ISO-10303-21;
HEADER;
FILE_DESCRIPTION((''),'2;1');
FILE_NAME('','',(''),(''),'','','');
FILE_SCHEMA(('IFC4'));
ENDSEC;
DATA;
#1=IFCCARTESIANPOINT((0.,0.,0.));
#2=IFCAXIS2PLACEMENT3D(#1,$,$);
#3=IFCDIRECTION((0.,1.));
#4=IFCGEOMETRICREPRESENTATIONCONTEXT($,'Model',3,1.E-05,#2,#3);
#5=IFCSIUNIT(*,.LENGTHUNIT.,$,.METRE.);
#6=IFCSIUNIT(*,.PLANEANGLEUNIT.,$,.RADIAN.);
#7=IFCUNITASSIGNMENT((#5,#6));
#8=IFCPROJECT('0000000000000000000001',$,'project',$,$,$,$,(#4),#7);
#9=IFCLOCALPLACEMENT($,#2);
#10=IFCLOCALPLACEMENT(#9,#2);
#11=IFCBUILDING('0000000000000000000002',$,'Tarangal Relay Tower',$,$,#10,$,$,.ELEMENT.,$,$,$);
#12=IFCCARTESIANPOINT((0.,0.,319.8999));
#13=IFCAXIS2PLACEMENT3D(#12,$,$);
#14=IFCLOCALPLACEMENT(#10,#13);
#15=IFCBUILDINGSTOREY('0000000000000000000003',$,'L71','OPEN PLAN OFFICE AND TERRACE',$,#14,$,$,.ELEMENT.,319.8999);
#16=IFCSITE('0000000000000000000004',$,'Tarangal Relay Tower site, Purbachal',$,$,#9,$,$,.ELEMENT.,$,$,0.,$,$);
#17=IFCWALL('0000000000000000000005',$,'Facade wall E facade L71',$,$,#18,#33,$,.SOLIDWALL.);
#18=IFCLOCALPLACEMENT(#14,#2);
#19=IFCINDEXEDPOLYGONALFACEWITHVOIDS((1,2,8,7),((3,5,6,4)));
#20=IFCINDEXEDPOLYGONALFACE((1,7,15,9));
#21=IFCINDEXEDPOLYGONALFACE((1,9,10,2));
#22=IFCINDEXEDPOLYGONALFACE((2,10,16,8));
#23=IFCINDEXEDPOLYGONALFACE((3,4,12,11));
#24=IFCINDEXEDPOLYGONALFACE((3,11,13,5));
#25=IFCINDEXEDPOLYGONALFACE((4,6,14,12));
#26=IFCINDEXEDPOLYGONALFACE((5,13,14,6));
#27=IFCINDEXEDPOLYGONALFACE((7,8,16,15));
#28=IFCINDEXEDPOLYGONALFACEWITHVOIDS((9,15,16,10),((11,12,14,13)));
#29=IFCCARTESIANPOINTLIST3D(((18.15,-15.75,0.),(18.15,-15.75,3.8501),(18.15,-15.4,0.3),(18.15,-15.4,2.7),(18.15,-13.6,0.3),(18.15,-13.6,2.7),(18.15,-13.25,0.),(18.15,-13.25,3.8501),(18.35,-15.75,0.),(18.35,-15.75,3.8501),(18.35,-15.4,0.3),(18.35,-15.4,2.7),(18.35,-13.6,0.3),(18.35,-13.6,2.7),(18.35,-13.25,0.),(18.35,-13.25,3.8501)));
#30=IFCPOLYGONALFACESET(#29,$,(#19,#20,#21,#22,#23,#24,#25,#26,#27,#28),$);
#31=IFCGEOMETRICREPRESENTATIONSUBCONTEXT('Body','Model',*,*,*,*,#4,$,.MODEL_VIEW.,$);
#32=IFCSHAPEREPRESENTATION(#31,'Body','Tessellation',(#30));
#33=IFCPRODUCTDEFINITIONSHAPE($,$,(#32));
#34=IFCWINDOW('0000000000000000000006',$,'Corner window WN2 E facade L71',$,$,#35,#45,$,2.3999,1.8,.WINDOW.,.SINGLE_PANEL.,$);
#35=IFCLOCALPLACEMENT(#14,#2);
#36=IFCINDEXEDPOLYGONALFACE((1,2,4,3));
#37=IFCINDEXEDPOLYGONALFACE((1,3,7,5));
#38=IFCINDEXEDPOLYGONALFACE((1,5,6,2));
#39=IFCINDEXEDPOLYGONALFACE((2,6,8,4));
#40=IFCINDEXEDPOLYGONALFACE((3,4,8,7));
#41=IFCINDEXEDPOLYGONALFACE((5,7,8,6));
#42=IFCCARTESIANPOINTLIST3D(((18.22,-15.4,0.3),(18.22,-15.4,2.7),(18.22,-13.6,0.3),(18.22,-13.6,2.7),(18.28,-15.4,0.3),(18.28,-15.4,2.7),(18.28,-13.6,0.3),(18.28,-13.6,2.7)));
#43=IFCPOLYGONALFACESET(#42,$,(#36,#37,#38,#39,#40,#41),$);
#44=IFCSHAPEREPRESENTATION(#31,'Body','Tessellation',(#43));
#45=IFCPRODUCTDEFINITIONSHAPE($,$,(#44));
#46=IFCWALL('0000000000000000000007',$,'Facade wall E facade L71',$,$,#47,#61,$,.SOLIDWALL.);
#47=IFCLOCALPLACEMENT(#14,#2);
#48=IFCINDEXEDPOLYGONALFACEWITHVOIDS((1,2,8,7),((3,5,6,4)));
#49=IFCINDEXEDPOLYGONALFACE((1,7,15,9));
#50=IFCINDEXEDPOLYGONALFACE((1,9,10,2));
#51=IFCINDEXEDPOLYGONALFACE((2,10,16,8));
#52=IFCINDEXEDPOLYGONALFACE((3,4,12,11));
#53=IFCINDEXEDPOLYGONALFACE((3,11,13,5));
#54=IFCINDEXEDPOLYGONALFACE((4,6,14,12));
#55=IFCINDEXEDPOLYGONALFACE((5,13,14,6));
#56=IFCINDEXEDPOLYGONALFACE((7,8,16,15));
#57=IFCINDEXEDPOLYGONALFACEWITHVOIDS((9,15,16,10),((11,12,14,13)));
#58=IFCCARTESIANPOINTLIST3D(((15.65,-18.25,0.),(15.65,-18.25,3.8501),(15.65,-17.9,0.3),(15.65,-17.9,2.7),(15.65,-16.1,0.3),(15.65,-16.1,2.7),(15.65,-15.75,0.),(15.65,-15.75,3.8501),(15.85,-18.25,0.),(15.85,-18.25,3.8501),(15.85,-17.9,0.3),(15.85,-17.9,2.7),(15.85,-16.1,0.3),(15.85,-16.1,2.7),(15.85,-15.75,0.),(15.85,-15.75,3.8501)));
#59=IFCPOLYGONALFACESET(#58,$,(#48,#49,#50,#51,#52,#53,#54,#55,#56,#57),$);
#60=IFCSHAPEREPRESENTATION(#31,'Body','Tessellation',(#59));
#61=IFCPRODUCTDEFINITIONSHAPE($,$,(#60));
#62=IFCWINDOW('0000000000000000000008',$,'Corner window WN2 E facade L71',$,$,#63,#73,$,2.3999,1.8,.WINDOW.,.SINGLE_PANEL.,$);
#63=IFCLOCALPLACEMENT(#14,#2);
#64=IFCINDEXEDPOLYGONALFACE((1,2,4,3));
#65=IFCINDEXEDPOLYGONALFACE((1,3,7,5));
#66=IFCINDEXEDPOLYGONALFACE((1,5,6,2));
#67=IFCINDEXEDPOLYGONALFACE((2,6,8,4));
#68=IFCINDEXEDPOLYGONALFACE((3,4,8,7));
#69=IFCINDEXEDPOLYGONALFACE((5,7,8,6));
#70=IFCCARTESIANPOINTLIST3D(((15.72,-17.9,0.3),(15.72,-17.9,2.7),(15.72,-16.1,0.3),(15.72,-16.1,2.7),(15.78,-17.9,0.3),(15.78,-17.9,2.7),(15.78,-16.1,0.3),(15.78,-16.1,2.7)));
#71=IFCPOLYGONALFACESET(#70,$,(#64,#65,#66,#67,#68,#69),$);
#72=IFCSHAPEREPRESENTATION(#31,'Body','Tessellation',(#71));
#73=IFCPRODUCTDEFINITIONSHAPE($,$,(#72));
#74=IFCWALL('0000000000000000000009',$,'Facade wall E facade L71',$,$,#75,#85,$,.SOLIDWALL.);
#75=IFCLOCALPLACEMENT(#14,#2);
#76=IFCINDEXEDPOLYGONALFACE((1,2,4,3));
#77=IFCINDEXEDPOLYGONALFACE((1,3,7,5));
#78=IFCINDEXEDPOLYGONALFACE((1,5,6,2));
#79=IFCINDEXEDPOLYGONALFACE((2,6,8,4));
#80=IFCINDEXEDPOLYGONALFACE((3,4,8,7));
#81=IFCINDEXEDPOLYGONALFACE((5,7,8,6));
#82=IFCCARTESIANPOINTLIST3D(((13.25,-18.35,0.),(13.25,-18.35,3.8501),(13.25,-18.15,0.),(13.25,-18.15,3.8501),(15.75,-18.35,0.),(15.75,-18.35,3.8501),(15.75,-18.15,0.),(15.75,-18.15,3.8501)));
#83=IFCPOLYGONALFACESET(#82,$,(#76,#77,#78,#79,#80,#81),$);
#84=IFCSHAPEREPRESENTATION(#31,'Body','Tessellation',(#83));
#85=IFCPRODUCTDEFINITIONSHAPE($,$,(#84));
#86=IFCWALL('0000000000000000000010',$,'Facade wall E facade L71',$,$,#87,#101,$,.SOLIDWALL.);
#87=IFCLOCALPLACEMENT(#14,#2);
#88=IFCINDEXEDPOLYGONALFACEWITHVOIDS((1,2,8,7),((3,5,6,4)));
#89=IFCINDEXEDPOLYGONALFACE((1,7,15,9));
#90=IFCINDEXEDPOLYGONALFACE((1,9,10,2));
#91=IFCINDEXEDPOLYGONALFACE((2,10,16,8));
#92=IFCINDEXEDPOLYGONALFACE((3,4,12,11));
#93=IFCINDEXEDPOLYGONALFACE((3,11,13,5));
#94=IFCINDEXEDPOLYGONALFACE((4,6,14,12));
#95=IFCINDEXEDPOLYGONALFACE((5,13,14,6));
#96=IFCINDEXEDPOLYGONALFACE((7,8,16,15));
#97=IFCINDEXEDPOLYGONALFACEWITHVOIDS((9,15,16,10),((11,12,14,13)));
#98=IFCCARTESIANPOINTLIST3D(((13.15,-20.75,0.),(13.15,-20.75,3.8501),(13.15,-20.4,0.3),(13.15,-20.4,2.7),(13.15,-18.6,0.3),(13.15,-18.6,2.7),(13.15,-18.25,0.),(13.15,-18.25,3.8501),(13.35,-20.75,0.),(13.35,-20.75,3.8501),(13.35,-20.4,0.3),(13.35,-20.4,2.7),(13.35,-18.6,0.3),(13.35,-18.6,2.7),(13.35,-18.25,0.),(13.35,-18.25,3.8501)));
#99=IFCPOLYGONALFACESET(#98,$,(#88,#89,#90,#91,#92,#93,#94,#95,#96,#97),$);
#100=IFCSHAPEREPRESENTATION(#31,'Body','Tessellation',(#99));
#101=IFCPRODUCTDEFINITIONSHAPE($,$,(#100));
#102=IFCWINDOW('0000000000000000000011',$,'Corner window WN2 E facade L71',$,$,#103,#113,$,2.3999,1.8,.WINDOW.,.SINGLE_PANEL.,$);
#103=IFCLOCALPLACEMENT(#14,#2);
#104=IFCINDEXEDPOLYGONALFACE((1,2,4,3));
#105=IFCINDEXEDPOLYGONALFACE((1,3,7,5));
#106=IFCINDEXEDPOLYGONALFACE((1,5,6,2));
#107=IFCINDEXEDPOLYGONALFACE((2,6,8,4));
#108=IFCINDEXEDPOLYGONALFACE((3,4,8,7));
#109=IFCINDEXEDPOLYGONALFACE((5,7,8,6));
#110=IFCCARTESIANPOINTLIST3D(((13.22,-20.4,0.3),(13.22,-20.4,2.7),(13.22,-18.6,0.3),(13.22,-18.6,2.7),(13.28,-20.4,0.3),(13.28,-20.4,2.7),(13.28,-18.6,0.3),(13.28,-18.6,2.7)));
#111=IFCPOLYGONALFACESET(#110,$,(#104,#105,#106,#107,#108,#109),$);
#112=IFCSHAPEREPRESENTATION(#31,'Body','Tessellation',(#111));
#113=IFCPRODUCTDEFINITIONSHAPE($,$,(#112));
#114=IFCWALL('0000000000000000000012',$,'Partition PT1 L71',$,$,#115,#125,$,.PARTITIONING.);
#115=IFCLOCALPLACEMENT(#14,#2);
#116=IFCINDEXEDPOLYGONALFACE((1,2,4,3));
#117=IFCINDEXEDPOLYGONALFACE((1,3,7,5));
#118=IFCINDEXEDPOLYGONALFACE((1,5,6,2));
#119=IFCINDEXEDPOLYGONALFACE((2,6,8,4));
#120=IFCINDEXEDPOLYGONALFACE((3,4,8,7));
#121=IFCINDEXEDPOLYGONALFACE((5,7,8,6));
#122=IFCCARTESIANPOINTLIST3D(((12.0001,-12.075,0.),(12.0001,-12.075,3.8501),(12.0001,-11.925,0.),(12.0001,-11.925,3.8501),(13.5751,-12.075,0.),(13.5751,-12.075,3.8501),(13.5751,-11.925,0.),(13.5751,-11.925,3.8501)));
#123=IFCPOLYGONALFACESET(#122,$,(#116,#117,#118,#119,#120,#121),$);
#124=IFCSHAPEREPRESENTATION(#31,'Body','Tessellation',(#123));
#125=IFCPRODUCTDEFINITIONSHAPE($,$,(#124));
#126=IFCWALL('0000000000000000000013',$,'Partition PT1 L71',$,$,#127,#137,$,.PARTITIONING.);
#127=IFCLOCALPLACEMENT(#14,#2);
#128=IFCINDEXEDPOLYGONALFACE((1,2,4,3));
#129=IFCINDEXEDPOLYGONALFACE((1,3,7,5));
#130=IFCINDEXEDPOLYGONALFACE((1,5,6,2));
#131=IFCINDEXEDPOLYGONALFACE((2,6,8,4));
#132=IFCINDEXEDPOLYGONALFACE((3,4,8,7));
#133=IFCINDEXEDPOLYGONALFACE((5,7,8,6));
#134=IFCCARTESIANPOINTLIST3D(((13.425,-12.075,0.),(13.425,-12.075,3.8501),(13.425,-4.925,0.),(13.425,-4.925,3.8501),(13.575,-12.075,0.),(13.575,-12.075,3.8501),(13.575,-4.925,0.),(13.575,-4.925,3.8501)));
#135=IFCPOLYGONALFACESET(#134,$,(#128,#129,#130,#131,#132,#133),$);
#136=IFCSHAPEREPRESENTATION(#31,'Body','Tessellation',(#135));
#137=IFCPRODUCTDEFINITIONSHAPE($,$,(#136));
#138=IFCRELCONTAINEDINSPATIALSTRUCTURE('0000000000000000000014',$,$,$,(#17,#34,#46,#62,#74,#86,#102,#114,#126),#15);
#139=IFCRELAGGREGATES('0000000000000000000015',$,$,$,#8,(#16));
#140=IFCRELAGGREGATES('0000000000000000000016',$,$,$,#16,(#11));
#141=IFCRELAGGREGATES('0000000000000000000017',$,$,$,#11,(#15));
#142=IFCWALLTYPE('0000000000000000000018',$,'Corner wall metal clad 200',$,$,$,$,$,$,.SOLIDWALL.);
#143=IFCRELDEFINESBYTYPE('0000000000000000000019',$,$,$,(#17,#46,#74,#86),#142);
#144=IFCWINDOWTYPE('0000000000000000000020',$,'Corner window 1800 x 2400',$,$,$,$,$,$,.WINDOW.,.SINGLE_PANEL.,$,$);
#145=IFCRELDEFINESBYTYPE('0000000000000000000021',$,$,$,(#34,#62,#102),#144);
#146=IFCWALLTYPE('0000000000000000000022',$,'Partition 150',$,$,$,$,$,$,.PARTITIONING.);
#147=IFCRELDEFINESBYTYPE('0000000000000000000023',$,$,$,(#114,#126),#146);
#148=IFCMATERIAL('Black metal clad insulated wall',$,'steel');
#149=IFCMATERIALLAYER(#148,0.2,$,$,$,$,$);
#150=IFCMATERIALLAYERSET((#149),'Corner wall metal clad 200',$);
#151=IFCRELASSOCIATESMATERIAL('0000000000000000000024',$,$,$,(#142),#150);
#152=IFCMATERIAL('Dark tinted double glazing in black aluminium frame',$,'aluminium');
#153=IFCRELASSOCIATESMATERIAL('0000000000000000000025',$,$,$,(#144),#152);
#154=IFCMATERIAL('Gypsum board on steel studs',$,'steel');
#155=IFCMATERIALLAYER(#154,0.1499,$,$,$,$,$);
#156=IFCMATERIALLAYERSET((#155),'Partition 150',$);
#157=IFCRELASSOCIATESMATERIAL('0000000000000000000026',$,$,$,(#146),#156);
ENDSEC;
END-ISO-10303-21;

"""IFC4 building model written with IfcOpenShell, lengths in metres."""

from ifc_helpers import new_model, si_unit, direction, frame, frame_2d, origin, place, context, subcontext, project, spatial, rectangle, extrude, material, layer, layer_set, type_object, element, fill, save


model = new_model("IFC4")

# Units and contexts
model_context = context("Model", 3, precision=1e-05, world=origin(), true_north=direction((0.0, 1.0)))
body_context = subcontext(model_context, "Body", "Model", "MODEL_VIEW")
ifc_project = project(units=[si_unit("LENGTHUNIT", "METRE"), si_unit("PLANEANGLEUNIT", "RADIAN")], contexts=[model_context])

# Site, building, storey
site_placement = place(None, origin())
site = spatial("IfcSite", under=ifc_project, at=site_placement, Name="Tarangal Relay Tower site, Purbachal", CompositionType="ELEMENT", RefElevation=0.0)
building_placement = place(site_placement, origin())
building = spatial("IfcBuilding", under=site, at=building_placement, Name="Tarangal Relay Tower", CompositionType="ELEMENT")
storey_placement = place(building_placement, frame((0.0, 0.0, 319.8999)))
storey = spatial("IfcBuildingStorey", under=building, at=storey_placement, Name="L71", Description="OPEN PLAN OFFICE AND TERRACE", CompositionType="ELEMENT", Elevation=319.8999)

# Shared definitions
ifc_material_1 = material(Name="Black metal clad insulated wall", Category="steel")
ifc_layer_1 = layer(ifc_material_1, 0.2)
ifc_layer_set_1 = layer_set([ifc_layer_1], Name="Corner wall metal clad 200")
wall_type_1 = type_object("IfcWallType", Name="Corner wall metal clad 200", PredefinedType="SOLIDWALL", material=ifc_layer_set_1)

# Wall, opening, window
wall_1_placement = place(storey_placement, frame((18.25, -13.25, 0.0), z_axis=(0.0, 0.0, 1.0), x_axis=(0.0, -1.0, 0.0)))
wall_1 = element("IfcWall", 1, at=wall_1_placement, inside=storey, type_object=wall_type_1, Name="Facade wall E facade L71", PredefinedType="SOLIDWALL", context=body_context, shape_type="SweptSolid", body=[
    extrude(rectangle(XDim=2.5, YDim=0.2, at=frame_2d((1.25, 0.0))), origin(), (0.0, 0.0, 1.0), 3.8501),
])
opening_1_placement = place(wall_1_placement, frame((0.3501, 0.0, 0.3)))
opening_1 = element("IfcOpeningElement", 2, at=opening_1_placement, cuts=wall_1, PredefinedType="OPENING", context=body_context, shape_type="SweptSolid", body=[
    extrude(rectangle(XDim=1.8, YDim=2.3999, at=frame_2d((0.8999, 1.2))), frame((0.0, 0.1099, 0.0), z_axis=(0.0, -1.0, 0.0), x_axis=(1.0, 0.0, 0.0)), (0.0, 0.0, 1.0), 0.22),
])
ifc_material_2 = material(Name="Dark tinted double glazing in black aluminium frame", Category="aluminium")
window_type = type_object("IfcWindowType", Name="Corner window 1800 x 2400", PartitioningType="SINGLE_PANEL", PredefinedType="WINDOW", material=ifc_material_2)
window_1_placement = place(opening_1_placement, origin())
window_1 = element("IfcWindow", 3, at=window_1_placement, inside=storey, type_object=window_type, Name="Corner window WN2 E facade L71", OverallHeight=2.3999, OverallWidth=1.8, PartitioningType="SINGLE_PANEL", PredefinedType="WINDOW", context=body_context, shape_type="SweptSolid", body=[
    extrude(rectangle(XDim=1.8, YDim=2.3999, at=frame_2d((0.8999, 1.2))), frame((0.0, 0.03, 0.0), z_axis=(0.0, -1.0, 0.0), x_axis=(1.0, 0.0, 0.0)), (0.0, 0.0, 1.0), 0.0601),
])
fill(opening_1, window_1)

# Wall, opening, window
wall_2_placement = place(storey_placement, frame((15.75, -15.75, 0.0), z_axis=(0.0, 0.0, 1.0), x_axis=(0.0, -1.0, 0.0)))
wall_2 = element("IfcWall", 4, at=wall_2_placement, inside=storey, type_object=wall_type_1, Name="Facade wall E facade L71", PredefinedType="SOLIDWALL", context=body_context, shape_type="SweptSolid", body=[
    extrude(rectangle(XDim=2.5, YDim=0.2, at=frame_2d((1.25, 0.0))), origin(), (0.0, 0.0, 1.0), 3.8501),
])
opening_2_placement = place(wall_2_placement, frame((0.3501, 0.0, 0.3)))
opening_2 = element("IfcOpeningElement", 5, at=opening_2_placement, cuts=wall_2, PredefinedType="OPENING", context=body_context, shape_type="SweptSolid", body=[
    extrude(rectangle(XDim=1.8, YDim=2.3999, at=frame_2d((0.8999, 1.2))), frame((0.0, 0.1099, 0.0), z_axis=(0.0, -1.0, 0.0), x_axis=(1.0, 0.0, 0.0)), (0.0, 0.0, 1.0), 0.22),
])
window_2_placement = place(opening_2_placement, origin())
window_2 = element("IfcWindow", 6, at=window_2_placement, inside=storey, type_object=window_type, Name="Corner window WN2 E facade L71", OverallHeight=2.3999, OverallWidth=1.8, PartitioningType="SINGLE_PANEL", PredefinedType="WINDOW", context=body_context, shape_type="SweptSolid", body=[
    extrude(rectangle(XDim=1.8, YDim=2.3999, at=frame_2d((0.8999, 1.2))), frame((0.0, 0.03, 0.0), z_axis=(0.0, -1.0, 0.0), x_axis=(1.0, 0.0, 0.0)), (0.0, 0.0, 1.0), 0.0601),
])
fill(opening_2, window_2)

# Wall
wall_3_placement = place(storey_placement, frame((15.75, -18.25, 0.0), z_axis=(0.0, 0.0, 1.0), x_axis=(-1.0, 0.0, 0.0)))
element("IfcWall", 7, at=wall_3_placement, inside=storey, type_object=wall_type_1, Name="Facade wall E facade L71", PredefinedType="SOLIDWALL", context=body_context, shape_type="SweptSolid", body=[
    extrude(rectangle(XDim=2.5, YDim=0.2, at=frame_2d((1.25, 0.0))), origin(), (0.0, 0.0, 1.0), 3.8501),
])

# Wall, opening, window
wall_4_placement = place(storey_placement, frame((13.25, -18.25, 0.0), z_axis=(0.0, 0.0, 1.0), x_axis=(0.0, -1.0, 0.0)))
wall_4 = element("IfcWall", 8, at=wall_4_placement, inside=storey, type_object=wall_type_1, Name="Facade wall E facade L71", PredefinedType="SOLIDWALL", context=body_context, shape_type="SweptSolid", body=[
    extrude(rectangle(XDim=2.5, YDim=0.2, at=frame_2d((1.25, 0.0))), origin(), (0.0, 0.0, 1.0), 3.8501),
])
opening_3_placement = place(wall_4_placement, frame((0.3501, 0.0, 0.3)))
opening_3 = element("IfcOpeningElement", 9, at=opening_3_placement, cuts=wall_4, PredefinedType="OPENING", context=body_context, shape_type="SweptSolid", body=[
    extrude(rectangle(XDim=1.8, YDim=2.3999, at=frame_2d((0.8999, 1.2))), frame((0.0, 0.1099, 0.0), z_axis=(0.0, -1.0, 0.0), x_axis=(1.0, 0.0, 0.0)), (0.0, 0.0, 1.0), 0.22),
])
window_3_placement = place(opening_3_placement, origin())
window_3 = element("IfcWindow", 10, at=window_3_placement, inside=storey, type_object=window_type, Name="Corner window WN2 E facade L71", OverallHeight=2.3999, OverallWidth=1.8, PartitioningType="SINGLE_PANEL", PredefinedType="WINDOW", context=body_context, shape_type="SweptSolid", body=[
    extrude(rectangle(XDim=1.8, YDim=2.3999, at=frame_2d((0.8999, 1.2))), frame((0.0, 0.03, 0.0), z_axis=(0.0, -1.0, 0.0), x_axis=(1.0, 0.0, 0.0)), (0.0, 0.0, 1.0), 0.0601),
])
fill(opening_3, window_3)

# Walls
ifc_material_3 = material(Name="Gypsum board on steel studs", Category="steel")
ifc_layer_2 = layer(ifc_material_3, 0.1499)
ifc_layer_set_2 = layer_set([ifc_layer_2], Name="Partition 150")
wall_type_2 = type_object("IfcWallType", Name="Partition 150", PredefinedType="PARTITIONING", material=ifc_layer_set_2)
wall_5_placement = place(storey_placement, frame((12.0, -12.0, 0.0), z_axis=(0.0, 0.0, 1.0), x_axis=(1.0, 0.0, 0.0)))
element("IfcWall", 11, at=wall_5_placement, inside=storey, type_object=wall_type_2, Name="Partition PT1 L71", PredefinedType="PARTITIONING", context=body_context, shape_type="SweptSolid", body=[
    extrude(rectangle(XDim=1.575, YDim=0.1499, at=frame_2d((0.7876, 0.0))), origin(), (0.0, 0.0, 1.0), 3.8501),
])
wall_6_placement = place(storey_placement, frame((13.5, -12.075, 0.0), z_axis=(0.0, 0.0, 1.0), x_axis=(0.0, 1.0, 0.0)))
element("IfcWall", 12, at=wall_6_placement, inside=storey, type_object=wall_type_2, Name="Partition PT1 L71", PredefinedType="PARTITIONING", context=body_context, shape_type="SweptSolid", body=[
    extrude(rectangle(XDim=7.1499, YDim=0.1499, at=frame_2d((3.575, 0.0))), origin(), (0.0, 0.0, 1.0), 3.8501),
])

save(model, "model.ifc")
